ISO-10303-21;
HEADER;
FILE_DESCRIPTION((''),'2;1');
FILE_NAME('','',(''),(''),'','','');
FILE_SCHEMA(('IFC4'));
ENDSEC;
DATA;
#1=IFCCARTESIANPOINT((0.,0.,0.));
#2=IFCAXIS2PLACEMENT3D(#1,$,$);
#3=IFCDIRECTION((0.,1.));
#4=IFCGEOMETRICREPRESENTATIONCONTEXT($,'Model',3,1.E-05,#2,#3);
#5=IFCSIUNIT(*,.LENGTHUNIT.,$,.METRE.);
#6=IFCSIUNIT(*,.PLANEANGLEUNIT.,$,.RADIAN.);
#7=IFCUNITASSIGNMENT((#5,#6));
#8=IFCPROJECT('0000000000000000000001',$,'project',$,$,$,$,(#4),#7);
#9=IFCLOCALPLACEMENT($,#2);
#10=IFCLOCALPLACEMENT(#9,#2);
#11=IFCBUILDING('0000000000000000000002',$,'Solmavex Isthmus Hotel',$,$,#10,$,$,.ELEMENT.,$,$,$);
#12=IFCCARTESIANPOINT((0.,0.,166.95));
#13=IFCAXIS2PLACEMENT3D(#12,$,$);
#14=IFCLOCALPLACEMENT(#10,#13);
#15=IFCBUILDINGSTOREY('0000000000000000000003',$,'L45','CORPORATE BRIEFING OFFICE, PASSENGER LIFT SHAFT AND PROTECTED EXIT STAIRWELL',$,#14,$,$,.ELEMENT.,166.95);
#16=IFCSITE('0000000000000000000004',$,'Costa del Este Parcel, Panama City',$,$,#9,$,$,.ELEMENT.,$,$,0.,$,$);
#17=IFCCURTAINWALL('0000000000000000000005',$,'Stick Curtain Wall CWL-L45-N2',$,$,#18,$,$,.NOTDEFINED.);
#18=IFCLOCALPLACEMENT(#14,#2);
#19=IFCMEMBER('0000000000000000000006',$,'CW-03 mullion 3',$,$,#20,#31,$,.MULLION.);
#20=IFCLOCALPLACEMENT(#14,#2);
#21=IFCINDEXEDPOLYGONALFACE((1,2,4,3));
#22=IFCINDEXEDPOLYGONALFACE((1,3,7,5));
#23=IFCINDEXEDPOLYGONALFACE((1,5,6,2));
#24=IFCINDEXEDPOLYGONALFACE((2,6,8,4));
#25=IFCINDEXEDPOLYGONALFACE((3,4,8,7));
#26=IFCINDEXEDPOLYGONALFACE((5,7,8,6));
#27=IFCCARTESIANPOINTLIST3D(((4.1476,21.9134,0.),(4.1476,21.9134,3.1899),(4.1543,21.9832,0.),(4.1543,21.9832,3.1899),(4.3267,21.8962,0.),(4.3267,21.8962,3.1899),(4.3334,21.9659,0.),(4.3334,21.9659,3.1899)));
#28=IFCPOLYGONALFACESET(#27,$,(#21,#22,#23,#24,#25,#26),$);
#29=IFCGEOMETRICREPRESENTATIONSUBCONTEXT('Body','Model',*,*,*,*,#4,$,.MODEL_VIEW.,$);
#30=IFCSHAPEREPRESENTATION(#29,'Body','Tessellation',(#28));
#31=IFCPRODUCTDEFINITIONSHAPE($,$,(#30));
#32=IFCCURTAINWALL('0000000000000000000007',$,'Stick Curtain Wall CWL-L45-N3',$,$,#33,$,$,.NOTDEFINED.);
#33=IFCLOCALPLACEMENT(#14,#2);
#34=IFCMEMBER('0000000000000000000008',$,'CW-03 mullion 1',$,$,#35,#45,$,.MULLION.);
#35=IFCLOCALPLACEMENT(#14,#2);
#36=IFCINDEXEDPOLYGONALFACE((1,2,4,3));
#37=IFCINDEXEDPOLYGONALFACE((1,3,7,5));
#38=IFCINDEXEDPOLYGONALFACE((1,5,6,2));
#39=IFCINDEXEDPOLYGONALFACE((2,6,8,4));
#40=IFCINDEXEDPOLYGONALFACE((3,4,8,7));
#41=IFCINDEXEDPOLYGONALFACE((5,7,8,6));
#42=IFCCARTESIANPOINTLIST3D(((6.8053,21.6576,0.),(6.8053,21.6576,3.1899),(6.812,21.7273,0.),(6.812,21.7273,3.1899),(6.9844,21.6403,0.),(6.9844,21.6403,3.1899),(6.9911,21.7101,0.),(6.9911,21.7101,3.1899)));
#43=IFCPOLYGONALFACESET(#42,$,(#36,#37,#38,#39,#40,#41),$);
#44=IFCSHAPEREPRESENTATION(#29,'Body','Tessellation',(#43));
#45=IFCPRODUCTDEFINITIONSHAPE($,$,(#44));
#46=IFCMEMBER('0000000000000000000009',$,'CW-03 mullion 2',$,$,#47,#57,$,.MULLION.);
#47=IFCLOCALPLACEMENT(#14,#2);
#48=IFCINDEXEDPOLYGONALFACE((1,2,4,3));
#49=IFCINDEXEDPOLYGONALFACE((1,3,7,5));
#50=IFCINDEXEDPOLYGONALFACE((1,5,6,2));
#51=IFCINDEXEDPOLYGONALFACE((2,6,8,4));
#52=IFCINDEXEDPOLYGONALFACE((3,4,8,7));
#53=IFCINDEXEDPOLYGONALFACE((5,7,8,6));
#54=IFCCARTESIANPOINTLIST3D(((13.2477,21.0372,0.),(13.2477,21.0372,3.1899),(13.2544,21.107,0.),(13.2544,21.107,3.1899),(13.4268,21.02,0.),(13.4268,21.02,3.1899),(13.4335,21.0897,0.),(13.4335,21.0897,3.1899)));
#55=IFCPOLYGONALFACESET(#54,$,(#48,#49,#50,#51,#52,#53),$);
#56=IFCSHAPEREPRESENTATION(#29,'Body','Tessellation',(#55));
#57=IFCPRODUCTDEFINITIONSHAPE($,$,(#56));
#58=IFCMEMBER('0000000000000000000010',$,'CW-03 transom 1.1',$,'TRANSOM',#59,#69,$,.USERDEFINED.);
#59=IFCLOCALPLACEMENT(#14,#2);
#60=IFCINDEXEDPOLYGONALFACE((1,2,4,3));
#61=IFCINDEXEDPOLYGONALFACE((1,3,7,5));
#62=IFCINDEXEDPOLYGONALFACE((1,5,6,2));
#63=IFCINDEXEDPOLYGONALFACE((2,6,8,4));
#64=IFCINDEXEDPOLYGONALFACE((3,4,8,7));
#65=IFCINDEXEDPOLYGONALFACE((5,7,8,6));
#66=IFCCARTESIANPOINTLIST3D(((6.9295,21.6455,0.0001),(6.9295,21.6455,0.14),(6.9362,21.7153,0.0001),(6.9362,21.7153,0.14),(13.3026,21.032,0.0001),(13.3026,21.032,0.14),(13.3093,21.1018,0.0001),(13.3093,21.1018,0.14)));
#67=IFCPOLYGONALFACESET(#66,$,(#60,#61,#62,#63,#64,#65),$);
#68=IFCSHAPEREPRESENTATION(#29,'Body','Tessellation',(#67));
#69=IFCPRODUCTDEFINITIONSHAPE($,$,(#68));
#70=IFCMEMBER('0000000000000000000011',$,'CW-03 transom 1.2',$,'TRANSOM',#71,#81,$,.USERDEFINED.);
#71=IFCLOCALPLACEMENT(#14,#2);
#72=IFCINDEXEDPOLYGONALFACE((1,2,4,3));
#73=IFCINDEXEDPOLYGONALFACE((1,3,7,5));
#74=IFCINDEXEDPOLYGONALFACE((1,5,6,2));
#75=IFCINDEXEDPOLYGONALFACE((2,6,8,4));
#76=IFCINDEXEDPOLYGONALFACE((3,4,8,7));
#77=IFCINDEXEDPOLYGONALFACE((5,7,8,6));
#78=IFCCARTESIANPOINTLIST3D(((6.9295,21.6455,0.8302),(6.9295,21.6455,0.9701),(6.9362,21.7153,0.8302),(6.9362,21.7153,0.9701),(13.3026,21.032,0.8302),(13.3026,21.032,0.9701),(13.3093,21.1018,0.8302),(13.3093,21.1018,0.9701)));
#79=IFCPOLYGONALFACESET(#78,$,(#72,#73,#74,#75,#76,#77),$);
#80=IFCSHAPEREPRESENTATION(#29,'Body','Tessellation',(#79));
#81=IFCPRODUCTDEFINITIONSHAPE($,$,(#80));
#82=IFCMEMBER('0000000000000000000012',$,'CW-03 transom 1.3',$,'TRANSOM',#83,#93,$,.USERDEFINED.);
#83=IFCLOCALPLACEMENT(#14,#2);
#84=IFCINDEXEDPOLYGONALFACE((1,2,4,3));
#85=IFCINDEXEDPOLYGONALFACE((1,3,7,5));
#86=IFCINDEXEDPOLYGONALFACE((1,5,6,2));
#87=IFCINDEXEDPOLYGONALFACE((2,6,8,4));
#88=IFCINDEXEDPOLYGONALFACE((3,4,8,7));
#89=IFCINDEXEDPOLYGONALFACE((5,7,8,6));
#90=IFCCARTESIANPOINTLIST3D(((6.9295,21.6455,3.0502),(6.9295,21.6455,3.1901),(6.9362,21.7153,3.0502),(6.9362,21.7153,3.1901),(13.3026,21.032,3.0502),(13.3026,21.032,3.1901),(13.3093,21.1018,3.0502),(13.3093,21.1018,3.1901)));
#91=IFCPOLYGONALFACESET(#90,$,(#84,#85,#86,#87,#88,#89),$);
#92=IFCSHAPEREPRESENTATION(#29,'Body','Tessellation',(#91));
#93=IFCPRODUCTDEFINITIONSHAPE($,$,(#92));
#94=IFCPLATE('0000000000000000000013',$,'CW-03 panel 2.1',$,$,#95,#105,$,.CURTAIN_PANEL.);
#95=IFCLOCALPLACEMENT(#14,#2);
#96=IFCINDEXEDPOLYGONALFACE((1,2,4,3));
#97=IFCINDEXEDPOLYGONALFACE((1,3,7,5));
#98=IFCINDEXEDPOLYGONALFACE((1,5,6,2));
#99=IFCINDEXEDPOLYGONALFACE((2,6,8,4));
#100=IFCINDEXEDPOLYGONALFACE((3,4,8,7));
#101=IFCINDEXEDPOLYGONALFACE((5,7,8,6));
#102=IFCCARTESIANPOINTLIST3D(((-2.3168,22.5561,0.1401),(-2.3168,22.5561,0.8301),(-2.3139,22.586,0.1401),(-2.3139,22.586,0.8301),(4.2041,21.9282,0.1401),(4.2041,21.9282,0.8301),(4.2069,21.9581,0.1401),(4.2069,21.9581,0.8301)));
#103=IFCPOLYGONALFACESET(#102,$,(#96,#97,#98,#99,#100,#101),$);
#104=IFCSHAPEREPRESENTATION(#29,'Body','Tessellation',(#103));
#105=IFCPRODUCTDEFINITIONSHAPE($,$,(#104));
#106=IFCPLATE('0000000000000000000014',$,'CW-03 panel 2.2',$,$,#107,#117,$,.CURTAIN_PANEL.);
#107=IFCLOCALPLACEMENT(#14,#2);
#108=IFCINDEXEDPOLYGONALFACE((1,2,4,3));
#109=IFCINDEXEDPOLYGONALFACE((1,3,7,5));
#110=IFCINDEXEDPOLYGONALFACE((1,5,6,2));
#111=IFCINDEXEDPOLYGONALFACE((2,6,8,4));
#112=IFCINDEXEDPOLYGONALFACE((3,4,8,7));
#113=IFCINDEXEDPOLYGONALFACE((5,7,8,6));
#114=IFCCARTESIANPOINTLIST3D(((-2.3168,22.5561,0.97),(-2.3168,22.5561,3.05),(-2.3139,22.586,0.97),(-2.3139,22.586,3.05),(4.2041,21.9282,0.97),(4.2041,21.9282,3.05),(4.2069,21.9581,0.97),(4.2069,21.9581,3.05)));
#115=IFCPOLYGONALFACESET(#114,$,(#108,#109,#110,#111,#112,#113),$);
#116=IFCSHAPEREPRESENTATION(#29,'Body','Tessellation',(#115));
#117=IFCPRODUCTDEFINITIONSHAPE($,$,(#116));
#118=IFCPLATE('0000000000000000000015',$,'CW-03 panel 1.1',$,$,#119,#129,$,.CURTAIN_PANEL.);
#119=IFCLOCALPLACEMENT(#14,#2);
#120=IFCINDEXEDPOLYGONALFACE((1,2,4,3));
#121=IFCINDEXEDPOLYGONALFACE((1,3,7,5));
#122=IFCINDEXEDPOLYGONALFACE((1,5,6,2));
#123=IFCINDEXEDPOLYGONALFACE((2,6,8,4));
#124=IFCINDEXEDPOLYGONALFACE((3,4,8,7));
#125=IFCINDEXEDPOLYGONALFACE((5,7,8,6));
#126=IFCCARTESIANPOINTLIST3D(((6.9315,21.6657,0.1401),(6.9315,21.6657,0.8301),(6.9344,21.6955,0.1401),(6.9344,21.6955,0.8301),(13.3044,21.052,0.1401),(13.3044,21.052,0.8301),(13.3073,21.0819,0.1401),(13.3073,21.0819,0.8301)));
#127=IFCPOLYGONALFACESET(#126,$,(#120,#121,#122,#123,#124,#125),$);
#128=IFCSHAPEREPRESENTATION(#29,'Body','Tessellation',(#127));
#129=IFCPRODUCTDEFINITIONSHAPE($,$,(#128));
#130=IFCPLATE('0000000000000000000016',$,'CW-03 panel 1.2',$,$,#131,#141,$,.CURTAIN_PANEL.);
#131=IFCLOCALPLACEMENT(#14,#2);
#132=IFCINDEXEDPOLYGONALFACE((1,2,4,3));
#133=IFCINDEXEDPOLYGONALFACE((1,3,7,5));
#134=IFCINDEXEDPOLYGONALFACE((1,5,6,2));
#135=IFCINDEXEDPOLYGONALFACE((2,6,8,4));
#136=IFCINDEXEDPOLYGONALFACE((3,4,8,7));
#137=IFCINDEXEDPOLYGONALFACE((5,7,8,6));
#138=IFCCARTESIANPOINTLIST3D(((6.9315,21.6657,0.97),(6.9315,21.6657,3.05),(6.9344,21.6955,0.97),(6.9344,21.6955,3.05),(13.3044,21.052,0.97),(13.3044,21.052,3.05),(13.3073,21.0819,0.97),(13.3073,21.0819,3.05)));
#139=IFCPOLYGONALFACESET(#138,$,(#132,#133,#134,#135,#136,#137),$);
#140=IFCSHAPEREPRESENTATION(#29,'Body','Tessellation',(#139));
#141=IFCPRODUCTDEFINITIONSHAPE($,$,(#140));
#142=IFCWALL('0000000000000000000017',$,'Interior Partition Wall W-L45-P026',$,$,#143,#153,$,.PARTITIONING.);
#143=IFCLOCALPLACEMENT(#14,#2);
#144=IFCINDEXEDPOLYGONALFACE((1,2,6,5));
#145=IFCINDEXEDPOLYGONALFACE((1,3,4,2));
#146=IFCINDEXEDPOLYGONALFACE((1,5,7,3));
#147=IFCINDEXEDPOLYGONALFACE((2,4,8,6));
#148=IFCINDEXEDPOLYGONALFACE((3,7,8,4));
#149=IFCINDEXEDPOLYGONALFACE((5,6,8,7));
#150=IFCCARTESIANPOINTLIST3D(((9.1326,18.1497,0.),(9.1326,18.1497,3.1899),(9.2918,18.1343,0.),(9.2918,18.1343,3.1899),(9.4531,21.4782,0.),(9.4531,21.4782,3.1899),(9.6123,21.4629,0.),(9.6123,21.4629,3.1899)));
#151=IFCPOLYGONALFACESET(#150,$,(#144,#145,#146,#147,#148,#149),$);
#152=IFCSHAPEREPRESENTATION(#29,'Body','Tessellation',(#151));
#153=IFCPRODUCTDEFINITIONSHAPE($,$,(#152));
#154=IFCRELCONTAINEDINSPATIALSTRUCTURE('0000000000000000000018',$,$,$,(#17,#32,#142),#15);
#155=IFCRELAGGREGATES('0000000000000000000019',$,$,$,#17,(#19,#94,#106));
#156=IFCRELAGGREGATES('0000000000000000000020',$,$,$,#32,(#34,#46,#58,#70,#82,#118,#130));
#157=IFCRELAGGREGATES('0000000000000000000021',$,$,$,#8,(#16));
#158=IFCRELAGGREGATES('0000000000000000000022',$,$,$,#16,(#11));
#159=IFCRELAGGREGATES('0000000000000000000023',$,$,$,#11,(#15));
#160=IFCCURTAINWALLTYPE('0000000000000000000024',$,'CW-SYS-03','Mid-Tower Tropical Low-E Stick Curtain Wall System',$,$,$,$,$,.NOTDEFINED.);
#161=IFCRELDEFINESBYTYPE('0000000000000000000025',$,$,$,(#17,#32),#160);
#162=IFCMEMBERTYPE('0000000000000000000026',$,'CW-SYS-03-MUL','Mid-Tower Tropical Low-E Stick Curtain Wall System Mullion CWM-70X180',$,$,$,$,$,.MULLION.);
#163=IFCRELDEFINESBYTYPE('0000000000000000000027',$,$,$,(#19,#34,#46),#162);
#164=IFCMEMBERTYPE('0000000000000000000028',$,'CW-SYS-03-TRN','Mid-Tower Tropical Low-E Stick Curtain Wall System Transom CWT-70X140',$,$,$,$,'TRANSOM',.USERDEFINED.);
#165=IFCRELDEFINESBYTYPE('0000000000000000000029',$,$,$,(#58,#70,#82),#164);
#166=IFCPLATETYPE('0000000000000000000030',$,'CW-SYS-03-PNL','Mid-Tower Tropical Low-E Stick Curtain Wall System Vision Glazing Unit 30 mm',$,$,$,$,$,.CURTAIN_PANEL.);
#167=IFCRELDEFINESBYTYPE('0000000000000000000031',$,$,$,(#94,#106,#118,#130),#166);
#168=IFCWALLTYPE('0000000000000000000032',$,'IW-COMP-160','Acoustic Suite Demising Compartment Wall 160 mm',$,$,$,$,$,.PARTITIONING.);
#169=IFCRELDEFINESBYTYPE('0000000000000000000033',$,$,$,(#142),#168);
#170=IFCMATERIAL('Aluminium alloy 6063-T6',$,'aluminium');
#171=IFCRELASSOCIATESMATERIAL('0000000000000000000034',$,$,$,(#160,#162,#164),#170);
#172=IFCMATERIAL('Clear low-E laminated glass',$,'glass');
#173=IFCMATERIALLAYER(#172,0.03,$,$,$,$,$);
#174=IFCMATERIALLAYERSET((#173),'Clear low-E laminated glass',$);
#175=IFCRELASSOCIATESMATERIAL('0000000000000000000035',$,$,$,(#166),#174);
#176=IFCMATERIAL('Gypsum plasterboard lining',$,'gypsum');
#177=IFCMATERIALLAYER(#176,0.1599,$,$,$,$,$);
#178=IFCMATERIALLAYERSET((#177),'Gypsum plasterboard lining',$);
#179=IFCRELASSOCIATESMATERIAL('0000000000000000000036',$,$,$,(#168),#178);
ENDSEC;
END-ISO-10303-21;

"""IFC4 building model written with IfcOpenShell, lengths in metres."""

from ifc_helpers import new_model, si_unit, direction, frame, frame_2d, origin, origin_2d, place, context, subcontext, project, spatial, rectangle, extrude, material, layer, layer_set, material_profile, profile_set, type_object, element, aggregate, save


model = new_model("IFC4")

# Units and contexts
model_context = context("Model", 3, precision=1e-05, world=origin(), true_north=direction((0.0, 1.0)))
body_context = subcontext(model_context, "Body", "Model", "MODEL_VIEW")
ifc_project = project(units=[si_unit("LENGTHUNIT", "METRE"), si_unit("PLANEANGLEUNIT", "RADIAN")], contexts=[model_context])

# Site, building, storey
site_placement = place(None, origin())
site = spatial("IfcSite", under=ifc_project, at=site_placement, Name="Costa del Este Parcel, Panama City", CompositionType="ELEMENT", RefElevation=0.0)
building_placement = place(site_placement, origin())
building = spatial("IfcBuilding", under=site, at=building_placement, Name="Solmavex Isthmus Hotel", CompositionType="ELEMENT")
storey_placement = place(building_placement, frame((0.0, 0.0, 166.95)))
storey = spatial("IfcBuildingStorey", under=building, at=storey_placement, Name="L45", Description="CORPORATE BRIEFING OFFICE, PASSENGER LIFT SHAFT AND PROTECTED EXIT STAIRWELL", CompositionType="ELEMENT", Elevation=166.95)

# Curtain wall, member
ifc_material_1 = material(Name="Aluminium alloy 6063-T6", Category="aluminium")
curtain_wall_type = type_object("IfcCurtainWallType", Name="CW-SYS-03", Description="Mid-Tower Tropical Low-E Stick Curtain Wall System", PredefinedType="NOTDEFINED", material=ifc_material_1)
curtain_wall_1_placement = place(storey_placement, origin())
curtain_wall_1 = element("IfcCurtainWall", 1, at=curtain_wall_1_placement, inside=storey, type_object=curtain_wall_type, Name="Stick Curtain Wall CWL-L45-N2", PredefinedType="NOTDEFINED")
ifc_material_profile_1 = material_profile(ifc_material_1, rectangle(XDim=0.0701, YDim=0.1799, at=origin_2d()), Name="CWM-70X180")
ifc_profile_set_1 = profile_set([ifc_material_profile_1], Name="Aluminium alloy 6063-T6")
member_type_1 = type_object("IfcMemberType", Name="CW-SYS-03-MUL", Description="Mid-Tower Tropical Low-E Stick Curtain Wall System Mullion CWM-70X180", PredefinedType="MULLION", material=ifc_profile_set_1)
member_1_placement = place(storey_placement, frame((4.2405, 21.9397, 0.0), z_axis=(0.0, 0.0, 1.0), x_axis=(0.095845, 0.995396, 0.0)))
member_1 = element("IfcMember", 2, at=member_1_placement, type_object=member_type_1, Name="CW-03 mullion 3", PredefinedType="MULLION", context=body_context, shape_type="SweptSolid", body=[
    extrude(rectangle(XDim=0.0701, YDim=0.1799, at=origin_2d()), origin(), (0.0, 0.0, 1.0), 3.1899),
])

# Curtain wall, members
curtain_wall_2_placement = place(storey_placement, origin())
curtain_wall_2 = element("IfcCurtainWall", 3, at=curtain_wall_2_placement, inside=storey, type_object=curtain_wall_type, Name="Stick Curtain Wall CWL-L45-N3", PredefinedType="NOTDEFINED")
member_2_placement = place(storey_placement, frame((6.8982, 21.6838, 0.0), z_axis=(0.0, 0.0, 1.0), x_axis=(0.095846, 0.995396, 0.0)))
member_2 = element("IfcMember", 4, at=member_2_placement, type_object=member_type_1, Name="CW-03 mullion 1", PredefinedType="MULLION", context=body_context, shape_type="SweptSolid", body=[
    extrude(rectangle(XDim=0.0701, YDim=0.1799, at=origin_2d()), origin(), (0.0, 0.0, 1.0), 3.1899),
])
member_3_placement = place(storey_placement, frame((13.3406, 21.0635, 0.0), z_axis=(0.0, 0.0, 1.0), x_axis=(0.095846, 0.995396, 0.0)))
member_3 = element("IfcMember", 5, at=member_3_placement, type_object=member_type_1, Name="CW-03 mullion 2", PredefinedType="MULLION", context=body_context, shape_type="SweptSolid", body=[
    extrude(rectangle(XDim=0.0701, YDim=0.1799, at=origin_2d()), origin(), (0.0, 0.0, 1.0), 3.1899),
])
ifc_material_profile_2 = material_profile(ifc_material_1, rectangle(XDim=0.0701, YDim=0.1399, at=origin_2d()), Name="CWT-70X140")
ifc_profile_set_2 = profile_set([ifc_material_profile_2], Name="Aluminium alloy 6063-T6")
member_type_2 = type_object("IfcMemberType", Name="CW-SYS-03-TRN", Description="Mid-Tower Tropical Low-E Stick Curtain Wall System Transom CWT-70X140", ElementType="TRANSOM", PredefinedType="USERDEFINED", material=ifc_profile_set_2)
member_4_placement = place(storey_placement, frame((6.9329, 21.6804, 0.0701), z_axis=(0.995398, -0.095826, 0.0), x_axis=(0.095826, 0.995398, 0.0)))
member_4 = element("IfcMember", 6, at=member_4_placement, type_object=member_type_2, Name="CW-03 transom 1.1", ObjectType="TRANSOM", PredefinedType="USERDEFINED", context=body_context, shape_type="SweptSolid", body=[
    extrude(rectangle(XDim=0.0701, YDim=0.1399, at=origin_2d()), origin(), (0.0, 0.0, 1.0), 6.4026),
])
member_5_placement = place(storey_placement, frame((6.9329, 21.6804, 0.9001), z_axis=(0.995398, -0.095826, 0.0), x_axis=(0.095826, 0.995398, 0.0)))
member_5 = element("IfcMember", 7, at=member_5_placement, type_object=member_type_2, Name="CW-03 transom 1.2", ObjectType="TRANSOM", PredefinedType="USERDEFINED", context=body_context, shape_type="SweptSolid", body=[
    extrude(rectangle(XDim=0.0701, YDim=0.1399, at=origin_2d()), origin(), (0.0, 0.0, 1.0), 6.4026),
])
member_6_placement = place(storey_placement, frame((6.9329, 21.6804, 3.1201), z_axis=(0.995398, -0.095826, 0.0), x_axis=(0.095826, 0.995398, 0.0)))
member_6 = element("IfcMember", 8, at=member_6_placement, type_object=member_type_2, Name="CW-03 transom 1.3", ObjectType="TRANSOM", PredefinedType="USERDEFINED", context=body_context, shape_type="SweptSolid", body=[
    extrude(rectangle(XDim=0.0701, YDim=0.1399, at=origin_2d()), origin(), (0.0, 0.0, 1.0), 6.4026),
])

# Plates
ifc_material_2 = material(Name="Clear low-E laminated glass", Category="glass")
ifc_layer_1 = layer(ifc_material_2, 0.03)
ifc_layer_set_1 = layer_set([ifc_layer_1], Name="Clear low-E laminated glass")
plate_type = type_object("IfcPlateType", Name="CW-SYS-03-PNL", Description="Mid-Tower Tropical Low-E Stick Curtain Wall System Vision Glazing Unit 30 mm", PredefinedType="CURTAIN_PANEL", material=ifc_layer_set_1)
plate_1_placement = place(storey_placement, frame((0.9451, 22.2571, 0.1401), z_axis=(0.0, 0.0, 1.0), x_axis=(0.995396, -0.095845, 0.0)))
plate_1 = element("IfcPlate", 9, at=plate_1_placement, type_object=plate_type, Name="CW-03 panel 2.1", PredefinedType="CURTAIN_PANEL", context=body_context, shape_type="SweptSolid", body=[
    extrude(rectangle(XDim=6.551, YDim=0.03, at=origin_2d()), origin(), (0.0, 0.0, 1.0), 0.6899),
])
plate_2_placement = place(storey_placement, frame((0.9451, 22.2571, 0.97), z_axis=(0.0, 0.0, 1.0), x_axis=(0.995396, -0.095845, 0.0)))
plate_2 = element("IfcPlate", 10, at=plate_2_placement, type_object=plate_type, Name="CW-03 panel 2.2", PredefinedType="CURTAIN_PANEL", context=body_context, shape_type="SweptSolid", body=[
    extrude(rectangle(XDim=6.551, YDim=0.03, at=origin_2d()), origin(), (0.0, 0.0, 1.0), 2.0801),
])
aggregate(curtain_wall_1, [member_1, plate_1, plate_2])
plate_3_placement = place(storey_placement, frame((10.1194, 21.3738, 0.1401), z_axis=(0.0, 0.0, 1.0), x_axis=(0.995396, -0.095846, 0.0)))
plate_3 = element("IfcPlate", 11, at=plate_3_placement, type_object=plate_type, Name="CW-03 panel 1.1", PredefinedType="CURTAIN_PANEL", context=body_context, shape_type="SweptSolid", body=[
    extrude(rectangle(XDim=6.4023, YDim=0.03, at=origin_2d()), origin(), (0.0, 0.0, 1.0), 0.6899),
])
plate_4_placement = place(storey_placement, frame((10.1194, 21.3738, 0.97), z_axis=(0.0, 0.0, 1.0), x_axis=(0.995396, -0.095846, 0.0)))
plate_4 = element("IfcPlate", 12, at=plate_4_placement, type_object=plate_type, Name="CW-03 panel 1.2", PredefinedType="CURTAIN_PANEL", context=body_context, shape_type="SweptSolid", body=[
    extrude(rectangle(XDim=6.4023, YDim=0.03, at=origin_2d()), origin(), (0.0, 0.0, 1.0), 2.0801),
])
aggregate(curtain_wall_2, [member_2, member_3, member_4, member_5, member_6, plate_3, plate_4])

# Wall
ifc_material_3 = material(Name="Gypsum plasterboard lining", Category="gypsum")
ifc_layer_2 = layer(ifc_material_3, 0.1599)
ifc_layer_set_2 = layer_set([ifc_layer_2], Name="Gypsum plasterboard lining")
wall_type_1 = type_object("IfcWallType", Name="IW-COMP-160", Description="Acoustic Suite Demising Compartment Wall 160 mm", PredefinedType="PARTITIONING", material=ifc_layer_set_2)
wall_1_placement = place(storey_placement, frame((9.5327, 21.4705, 0.0), z_axis=(0.0, 0.0, 1.0), x_axis=(-0.09586, -0.995395, 0.0)))
element("IfcWall", 13, at=wall_1_placement, inside=storey, type_object=wall_type_1, Name="Interior Partition Wall W-L45-P026", PredefinedType="PARTITIONING", context=body_context, shape_type="SweptSolid", body=[
    extrude(rectangle(XDim=3.344, YDim=0.1599, at=frame_2d((1.6719, 0.0))), origin(), (0.0, 0.0, 1.0), 3.1899),
])

save(model, "model.ifc")
